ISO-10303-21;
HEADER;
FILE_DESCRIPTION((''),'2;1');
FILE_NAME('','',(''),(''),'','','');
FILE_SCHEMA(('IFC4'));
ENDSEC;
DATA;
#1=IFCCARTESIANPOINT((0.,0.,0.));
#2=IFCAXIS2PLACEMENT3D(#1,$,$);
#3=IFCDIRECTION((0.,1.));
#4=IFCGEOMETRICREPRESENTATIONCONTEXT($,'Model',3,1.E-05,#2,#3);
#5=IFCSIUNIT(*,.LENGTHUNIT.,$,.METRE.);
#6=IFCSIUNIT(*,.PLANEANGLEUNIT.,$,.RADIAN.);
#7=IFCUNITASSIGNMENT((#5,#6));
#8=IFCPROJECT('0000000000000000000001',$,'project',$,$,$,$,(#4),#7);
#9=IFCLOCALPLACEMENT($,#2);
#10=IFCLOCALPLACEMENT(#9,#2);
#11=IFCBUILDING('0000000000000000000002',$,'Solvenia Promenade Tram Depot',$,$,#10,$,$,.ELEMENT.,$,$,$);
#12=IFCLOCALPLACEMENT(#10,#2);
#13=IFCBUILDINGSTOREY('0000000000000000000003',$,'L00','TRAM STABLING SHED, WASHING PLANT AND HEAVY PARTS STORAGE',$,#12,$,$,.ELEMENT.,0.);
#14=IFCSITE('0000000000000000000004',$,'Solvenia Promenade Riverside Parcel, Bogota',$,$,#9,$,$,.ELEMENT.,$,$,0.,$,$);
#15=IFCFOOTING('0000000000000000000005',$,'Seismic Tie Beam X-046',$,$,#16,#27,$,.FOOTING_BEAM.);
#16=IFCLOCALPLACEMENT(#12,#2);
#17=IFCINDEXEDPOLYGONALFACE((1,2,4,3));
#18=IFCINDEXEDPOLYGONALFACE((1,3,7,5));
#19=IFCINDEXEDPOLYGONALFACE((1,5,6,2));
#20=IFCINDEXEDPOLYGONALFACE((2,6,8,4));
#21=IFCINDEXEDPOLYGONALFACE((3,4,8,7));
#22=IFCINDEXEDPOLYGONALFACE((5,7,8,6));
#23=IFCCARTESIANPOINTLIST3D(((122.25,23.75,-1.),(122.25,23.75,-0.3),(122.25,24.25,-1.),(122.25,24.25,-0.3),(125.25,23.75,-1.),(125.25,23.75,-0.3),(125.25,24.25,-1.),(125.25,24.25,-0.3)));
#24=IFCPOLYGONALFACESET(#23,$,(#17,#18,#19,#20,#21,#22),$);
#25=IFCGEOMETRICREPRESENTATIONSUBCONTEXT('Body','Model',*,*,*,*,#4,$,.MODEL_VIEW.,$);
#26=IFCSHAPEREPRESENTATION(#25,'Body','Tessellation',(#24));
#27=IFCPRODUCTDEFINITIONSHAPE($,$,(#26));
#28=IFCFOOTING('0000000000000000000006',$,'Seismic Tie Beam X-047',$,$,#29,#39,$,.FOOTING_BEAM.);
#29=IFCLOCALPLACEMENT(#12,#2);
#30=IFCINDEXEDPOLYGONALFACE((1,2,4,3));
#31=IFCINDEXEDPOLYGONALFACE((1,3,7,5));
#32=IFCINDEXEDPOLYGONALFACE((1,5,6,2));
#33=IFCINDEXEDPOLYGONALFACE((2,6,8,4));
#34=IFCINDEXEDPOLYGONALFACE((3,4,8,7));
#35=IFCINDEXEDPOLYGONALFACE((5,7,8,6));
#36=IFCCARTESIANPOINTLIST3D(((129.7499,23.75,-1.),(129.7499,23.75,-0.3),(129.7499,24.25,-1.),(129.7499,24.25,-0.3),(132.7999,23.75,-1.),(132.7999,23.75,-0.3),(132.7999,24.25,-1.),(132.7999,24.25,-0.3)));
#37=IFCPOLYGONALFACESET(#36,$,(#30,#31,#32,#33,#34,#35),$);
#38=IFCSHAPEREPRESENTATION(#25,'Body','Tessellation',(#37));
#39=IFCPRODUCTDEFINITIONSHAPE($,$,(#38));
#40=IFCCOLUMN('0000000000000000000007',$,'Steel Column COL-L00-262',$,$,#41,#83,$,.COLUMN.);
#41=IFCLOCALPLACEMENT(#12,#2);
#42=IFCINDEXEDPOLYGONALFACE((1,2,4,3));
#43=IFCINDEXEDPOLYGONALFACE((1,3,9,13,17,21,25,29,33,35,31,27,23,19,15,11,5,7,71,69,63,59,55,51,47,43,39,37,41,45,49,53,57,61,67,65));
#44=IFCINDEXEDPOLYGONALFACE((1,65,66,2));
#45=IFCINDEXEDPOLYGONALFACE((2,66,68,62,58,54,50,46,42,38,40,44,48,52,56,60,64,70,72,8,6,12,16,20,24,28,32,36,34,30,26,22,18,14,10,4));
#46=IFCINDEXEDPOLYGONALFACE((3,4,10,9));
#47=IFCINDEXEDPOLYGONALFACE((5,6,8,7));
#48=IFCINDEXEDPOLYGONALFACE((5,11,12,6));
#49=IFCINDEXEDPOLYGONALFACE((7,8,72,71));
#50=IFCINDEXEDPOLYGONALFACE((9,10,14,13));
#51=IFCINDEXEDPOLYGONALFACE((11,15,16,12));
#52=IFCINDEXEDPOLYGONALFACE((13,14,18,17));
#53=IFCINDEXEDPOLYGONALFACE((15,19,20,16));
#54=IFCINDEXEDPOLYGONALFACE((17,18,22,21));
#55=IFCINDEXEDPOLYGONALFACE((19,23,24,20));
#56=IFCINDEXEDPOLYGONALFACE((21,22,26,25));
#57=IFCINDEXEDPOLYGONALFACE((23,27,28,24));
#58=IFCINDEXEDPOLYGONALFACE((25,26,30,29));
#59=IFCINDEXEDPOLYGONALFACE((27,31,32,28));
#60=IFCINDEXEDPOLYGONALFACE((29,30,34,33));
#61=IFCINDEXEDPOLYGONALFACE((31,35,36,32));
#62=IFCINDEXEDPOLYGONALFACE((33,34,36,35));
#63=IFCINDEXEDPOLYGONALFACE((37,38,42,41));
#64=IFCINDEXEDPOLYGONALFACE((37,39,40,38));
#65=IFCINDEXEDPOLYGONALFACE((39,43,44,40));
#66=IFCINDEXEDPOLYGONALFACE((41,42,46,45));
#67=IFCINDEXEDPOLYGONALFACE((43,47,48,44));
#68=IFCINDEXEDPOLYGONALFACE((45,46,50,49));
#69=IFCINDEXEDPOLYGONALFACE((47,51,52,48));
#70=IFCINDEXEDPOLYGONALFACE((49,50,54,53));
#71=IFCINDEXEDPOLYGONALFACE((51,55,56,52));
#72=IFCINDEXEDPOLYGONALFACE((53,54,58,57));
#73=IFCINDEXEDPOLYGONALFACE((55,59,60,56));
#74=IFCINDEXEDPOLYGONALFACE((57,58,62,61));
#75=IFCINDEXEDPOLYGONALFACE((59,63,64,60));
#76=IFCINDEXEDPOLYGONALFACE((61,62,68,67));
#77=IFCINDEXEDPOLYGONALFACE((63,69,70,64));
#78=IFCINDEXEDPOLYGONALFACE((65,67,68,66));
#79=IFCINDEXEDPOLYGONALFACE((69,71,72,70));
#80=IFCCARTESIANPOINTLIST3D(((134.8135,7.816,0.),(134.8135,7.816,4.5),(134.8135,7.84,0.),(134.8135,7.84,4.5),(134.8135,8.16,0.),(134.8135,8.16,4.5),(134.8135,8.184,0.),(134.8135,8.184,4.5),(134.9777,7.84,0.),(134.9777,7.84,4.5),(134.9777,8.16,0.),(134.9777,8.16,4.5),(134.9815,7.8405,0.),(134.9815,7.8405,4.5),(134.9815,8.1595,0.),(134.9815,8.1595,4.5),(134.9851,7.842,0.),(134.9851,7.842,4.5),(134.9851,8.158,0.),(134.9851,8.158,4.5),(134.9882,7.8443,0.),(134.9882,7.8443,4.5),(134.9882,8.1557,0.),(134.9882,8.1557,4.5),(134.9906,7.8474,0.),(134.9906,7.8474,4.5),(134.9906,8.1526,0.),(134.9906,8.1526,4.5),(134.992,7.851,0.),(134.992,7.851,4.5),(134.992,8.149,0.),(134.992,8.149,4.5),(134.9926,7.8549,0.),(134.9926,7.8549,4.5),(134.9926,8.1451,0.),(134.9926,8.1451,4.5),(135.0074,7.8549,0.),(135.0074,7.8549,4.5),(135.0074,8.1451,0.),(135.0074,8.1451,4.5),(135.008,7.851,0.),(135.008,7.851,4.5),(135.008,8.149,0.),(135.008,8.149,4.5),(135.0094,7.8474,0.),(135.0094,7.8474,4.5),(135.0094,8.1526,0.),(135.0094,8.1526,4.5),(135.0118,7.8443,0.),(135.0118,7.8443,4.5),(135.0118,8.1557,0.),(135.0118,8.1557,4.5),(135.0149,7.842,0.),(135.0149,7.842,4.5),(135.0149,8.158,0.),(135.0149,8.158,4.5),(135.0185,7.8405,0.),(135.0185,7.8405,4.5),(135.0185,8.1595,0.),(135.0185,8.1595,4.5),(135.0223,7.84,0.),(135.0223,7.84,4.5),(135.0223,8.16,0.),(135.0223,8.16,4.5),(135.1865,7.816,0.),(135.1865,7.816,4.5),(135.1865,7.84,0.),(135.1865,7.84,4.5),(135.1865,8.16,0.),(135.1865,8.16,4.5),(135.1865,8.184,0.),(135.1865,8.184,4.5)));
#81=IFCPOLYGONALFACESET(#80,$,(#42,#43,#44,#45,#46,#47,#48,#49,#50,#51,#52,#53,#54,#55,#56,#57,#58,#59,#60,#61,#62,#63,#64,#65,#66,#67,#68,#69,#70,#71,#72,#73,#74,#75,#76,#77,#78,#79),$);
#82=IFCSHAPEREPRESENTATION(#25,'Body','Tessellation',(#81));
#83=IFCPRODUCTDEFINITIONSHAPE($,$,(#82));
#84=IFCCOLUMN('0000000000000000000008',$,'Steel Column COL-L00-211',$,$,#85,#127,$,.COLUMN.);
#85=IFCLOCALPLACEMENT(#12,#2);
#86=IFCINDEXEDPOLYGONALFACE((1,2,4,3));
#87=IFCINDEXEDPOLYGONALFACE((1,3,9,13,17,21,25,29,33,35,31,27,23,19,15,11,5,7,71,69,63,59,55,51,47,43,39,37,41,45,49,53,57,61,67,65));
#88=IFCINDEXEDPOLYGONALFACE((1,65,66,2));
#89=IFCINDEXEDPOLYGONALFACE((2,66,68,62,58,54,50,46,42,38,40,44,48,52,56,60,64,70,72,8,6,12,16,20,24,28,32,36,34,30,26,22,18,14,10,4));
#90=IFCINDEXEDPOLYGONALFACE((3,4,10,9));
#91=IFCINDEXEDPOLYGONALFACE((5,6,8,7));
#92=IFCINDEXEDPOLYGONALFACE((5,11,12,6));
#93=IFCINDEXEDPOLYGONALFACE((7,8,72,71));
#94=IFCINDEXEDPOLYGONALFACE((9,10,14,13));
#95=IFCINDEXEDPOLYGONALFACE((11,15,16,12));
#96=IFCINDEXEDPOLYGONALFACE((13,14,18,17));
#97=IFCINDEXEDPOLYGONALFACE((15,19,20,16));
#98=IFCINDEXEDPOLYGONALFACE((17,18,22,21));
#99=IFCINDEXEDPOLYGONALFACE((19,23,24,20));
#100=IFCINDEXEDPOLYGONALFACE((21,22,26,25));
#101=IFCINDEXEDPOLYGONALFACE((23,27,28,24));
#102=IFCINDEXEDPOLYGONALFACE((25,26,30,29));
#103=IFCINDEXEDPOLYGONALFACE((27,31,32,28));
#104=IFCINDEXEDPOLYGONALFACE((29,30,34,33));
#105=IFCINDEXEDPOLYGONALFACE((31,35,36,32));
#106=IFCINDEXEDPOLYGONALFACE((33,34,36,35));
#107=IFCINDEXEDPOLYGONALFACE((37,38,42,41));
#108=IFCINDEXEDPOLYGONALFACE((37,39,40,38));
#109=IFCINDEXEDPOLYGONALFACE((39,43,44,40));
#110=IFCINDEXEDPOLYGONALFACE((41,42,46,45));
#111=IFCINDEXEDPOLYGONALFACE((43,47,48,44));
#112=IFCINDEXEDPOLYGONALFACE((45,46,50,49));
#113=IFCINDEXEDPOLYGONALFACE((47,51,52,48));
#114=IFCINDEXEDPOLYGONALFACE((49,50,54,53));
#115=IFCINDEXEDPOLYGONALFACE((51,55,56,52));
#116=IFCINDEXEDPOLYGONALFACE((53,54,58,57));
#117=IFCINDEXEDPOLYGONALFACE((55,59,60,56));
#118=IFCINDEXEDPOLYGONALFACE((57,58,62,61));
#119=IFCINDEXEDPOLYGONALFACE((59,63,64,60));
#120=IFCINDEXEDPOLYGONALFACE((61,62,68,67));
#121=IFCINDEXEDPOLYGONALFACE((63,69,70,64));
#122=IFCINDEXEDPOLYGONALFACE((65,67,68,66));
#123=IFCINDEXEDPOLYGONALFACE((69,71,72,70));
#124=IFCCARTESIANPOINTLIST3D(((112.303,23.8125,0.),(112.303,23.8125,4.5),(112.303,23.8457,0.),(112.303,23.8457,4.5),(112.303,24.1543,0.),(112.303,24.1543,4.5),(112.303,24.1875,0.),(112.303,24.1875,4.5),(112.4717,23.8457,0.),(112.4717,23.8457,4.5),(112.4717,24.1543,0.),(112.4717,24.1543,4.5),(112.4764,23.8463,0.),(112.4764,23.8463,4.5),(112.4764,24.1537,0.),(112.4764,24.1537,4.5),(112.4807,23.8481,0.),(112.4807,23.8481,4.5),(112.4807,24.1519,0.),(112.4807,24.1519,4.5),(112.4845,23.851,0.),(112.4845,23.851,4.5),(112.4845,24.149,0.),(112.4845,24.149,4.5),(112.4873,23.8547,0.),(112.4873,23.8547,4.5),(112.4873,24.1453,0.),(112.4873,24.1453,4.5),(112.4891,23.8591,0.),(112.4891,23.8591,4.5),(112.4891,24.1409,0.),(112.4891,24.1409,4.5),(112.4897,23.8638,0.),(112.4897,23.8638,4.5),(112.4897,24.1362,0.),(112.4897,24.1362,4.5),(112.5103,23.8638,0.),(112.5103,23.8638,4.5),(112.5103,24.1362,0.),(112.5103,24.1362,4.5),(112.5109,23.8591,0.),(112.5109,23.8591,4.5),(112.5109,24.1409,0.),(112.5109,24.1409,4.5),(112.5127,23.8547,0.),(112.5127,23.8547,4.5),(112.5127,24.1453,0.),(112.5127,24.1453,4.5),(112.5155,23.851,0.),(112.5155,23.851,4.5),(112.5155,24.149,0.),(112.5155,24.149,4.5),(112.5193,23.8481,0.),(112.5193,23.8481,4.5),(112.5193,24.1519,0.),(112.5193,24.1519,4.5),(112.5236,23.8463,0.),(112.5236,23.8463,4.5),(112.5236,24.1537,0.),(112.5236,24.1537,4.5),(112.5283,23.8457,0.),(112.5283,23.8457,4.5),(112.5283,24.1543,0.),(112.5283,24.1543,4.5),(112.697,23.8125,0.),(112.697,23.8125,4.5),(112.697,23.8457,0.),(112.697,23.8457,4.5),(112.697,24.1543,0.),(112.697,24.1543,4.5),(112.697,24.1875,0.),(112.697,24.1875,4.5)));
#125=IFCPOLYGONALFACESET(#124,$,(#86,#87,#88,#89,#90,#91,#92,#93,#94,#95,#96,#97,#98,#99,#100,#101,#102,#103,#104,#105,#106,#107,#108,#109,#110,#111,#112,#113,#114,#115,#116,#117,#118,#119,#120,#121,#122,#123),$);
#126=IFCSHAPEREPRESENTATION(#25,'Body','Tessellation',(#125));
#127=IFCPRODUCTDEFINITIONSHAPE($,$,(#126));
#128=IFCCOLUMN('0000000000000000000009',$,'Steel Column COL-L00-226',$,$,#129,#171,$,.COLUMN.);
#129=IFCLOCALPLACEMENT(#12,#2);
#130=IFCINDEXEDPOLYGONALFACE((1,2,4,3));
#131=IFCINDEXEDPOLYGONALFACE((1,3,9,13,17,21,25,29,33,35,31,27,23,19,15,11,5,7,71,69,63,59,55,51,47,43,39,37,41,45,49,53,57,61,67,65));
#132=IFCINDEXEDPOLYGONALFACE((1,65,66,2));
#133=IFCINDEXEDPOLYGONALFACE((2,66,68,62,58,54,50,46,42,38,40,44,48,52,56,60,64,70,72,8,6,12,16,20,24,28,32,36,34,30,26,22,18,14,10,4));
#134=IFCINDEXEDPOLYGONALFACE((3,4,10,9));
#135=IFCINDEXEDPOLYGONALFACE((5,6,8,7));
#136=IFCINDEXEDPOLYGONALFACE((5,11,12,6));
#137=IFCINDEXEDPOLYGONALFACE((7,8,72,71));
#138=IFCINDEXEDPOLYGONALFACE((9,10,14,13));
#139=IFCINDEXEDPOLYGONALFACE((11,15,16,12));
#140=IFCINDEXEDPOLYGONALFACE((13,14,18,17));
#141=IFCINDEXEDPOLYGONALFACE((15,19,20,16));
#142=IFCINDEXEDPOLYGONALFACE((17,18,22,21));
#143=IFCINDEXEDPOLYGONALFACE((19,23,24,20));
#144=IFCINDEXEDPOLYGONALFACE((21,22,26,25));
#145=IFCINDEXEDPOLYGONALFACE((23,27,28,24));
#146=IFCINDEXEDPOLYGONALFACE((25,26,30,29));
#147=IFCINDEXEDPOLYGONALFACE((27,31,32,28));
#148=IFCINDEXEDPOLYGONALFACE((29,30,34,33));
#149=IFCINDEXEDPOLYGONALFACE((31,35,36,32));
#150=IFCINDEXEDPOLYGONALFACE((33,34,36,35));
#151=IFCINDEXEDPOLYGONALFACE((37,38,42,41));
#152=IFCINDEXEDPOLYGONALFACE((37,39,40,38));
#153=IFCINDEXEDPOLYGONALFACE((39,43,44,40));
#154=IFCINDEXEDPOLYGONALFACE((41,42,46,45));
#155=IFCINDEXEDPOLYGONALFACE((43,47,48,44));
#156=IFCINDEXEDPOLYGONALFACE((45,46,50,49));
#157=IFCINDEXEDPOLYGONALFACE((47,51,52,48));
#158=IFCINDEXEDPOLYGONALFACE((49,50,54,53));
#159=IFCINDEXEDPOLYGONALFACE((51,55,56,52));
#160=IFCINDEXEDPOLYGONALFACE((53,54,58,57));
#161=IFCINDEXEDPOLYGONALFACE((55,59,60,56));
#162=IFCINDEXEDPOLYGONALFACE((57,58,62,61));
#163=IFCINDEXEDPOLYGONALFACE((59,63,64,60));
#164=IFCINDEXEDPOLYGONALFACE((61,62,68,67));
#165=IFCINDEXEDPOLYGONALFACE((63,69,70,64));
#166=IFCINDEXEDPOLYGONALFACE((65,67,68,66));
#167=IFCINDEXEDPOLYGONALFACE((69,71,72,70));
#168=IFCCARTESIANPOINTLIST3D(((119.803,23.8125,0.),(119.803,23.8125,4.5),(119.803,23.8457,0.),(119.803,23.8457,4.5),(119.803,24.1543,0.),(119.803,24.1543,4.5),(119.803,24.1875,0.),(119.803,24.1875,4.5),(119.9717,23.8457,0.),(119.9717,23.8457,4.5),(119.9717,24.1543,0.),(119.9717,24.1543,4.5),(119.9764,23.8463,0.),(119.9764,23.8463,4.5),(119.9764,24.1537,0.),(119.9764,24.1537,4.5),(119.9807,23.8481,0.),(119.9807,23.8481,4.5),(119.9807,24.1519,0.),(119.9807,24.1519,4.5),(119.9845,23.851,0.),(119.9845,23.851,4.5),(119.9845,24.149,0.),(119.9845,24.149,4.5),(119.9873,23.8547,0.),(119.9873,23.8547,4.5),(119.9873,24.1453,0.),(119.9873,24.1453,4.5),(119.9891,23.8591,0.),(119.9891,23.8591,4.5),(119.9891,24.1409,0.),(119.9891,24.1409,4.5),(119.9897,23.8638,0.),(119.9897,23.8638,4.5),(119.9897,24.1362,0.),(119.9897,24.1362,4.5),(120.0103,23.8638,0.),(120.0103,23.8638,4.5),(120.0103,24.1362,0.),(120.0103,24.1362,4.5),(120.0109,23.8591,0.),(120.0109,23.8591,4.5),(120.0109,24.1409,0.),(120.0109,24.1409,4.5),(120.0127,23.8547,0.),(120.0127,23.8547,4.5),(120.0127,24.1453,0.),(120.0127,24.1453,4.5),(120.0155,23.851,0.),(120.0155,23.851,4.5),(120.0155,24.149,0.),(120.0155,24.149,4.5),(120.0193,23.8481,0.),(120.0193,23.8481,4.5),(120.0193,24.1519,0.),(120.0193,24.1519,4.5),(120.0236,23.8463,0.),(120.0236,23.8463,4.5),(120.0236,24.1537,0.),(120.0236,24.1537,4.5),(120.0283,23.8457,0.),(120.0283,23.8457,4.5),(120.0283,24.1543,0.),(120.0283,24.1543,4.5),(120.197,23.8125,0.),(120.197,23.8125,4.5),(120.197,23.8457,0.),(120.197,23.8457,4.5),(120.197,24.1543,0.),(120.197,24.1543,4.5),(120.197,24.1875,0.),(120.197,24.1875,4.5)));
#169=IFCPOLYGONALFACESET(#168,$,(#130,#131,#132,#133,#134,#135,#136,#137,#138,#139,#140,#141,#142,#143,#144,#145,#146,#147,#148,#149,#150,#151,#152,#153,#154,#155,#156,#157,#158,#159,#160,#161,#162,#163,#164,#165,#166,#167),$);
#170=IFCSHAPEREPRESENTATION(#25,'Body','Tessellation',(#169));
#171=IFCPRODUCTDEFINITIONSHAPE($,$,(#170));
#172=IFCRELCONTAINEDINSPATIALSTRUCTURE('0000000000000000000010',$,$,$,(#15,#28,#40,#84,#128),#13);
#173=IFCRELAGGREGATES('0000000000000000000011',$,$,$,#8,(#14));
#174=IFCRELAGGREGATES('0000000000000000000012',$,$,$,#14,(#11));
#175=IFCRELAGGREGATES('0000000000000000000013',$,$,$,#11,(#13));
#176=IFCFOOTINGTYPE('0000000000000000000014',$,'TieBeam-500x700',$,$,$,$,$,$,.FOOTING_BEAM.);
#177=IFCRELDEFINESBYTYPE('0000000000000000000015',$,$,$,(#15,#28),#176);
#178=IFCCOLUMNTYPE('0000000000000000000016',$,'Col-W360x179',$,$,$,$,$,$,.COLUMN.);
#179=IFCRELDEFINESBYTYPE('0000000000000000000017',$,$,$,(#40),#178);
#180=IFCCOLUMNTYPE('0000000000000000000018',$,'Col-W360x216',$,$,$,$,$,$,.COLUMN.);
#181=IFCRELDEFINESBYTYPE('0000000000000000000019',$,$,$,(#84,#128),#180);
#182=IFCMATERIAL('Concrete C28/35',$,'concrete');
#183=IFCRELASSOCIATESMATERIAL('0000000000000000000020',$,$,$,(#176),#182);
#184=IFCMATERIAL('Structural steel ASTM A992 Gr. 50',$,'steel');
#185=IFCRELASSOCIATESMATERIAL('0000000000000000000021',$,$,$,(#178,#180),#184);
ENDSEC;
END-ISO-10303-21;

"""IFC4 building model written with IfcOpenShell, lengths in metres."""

from ifc_helpers import new_model, si_unit, direction, frame, origin, origin_2d, place, context, subcontext, project, spatial, rectangle, i_section, extrude, material, material_profile, profile_set, type_object, element, save


model = new_model("IFC4")

# Units and contexts
model_context = context("Model", 3, precision=1e-05, world=origin(), true_north=direction((0.0, 1.0)))
body_context = subcontext(model_context, "Body", "Model", "MODEL_VIEW")
ifc_project = project(units=[si_unit("LENGTHUNIT", "METRE"), si_unit("PLANEANGLEUNIT", "RADIAN")], contexts=[model_context])

# Site, building, storey
site_placement = place(None, origin())
site = spatial("IfcSite", under=ifc_project, at=site_placement, Name="Solvenia Promenade Riverside Parcel, Bogota", CompositionType="ELEMENT", RefElevation=0.0)
building_placement = place(site_placement, origin())
building = spatial("IfcBuilding", under=site, at=building_placement, Name="Solvenia Promenade Tram Depot", CompositionType="ELEMENT")
storey_placement = place(building_placement, origin())
storey = spatial("IfcBuildingStorey", under=building, at=storey_placement, Name="L00", Description="TRAM STABLING SHED, WASHING PLANT AND HEAVY PARTS STORAGE", CompositionType="ELEMENT", Elevation=0.0)

# Shared definitions
ifc_material_1 = material(Name="Concrete C28/35", Category="concrete")

# Footings
footing_type_1 = type_object("IfcFootingType", Name="TieBeam-500x700", PredefinedType="FOOTING_BEAM", material=ifc_material_1)
for number, where, z_axis, x_axis, name in (
    (1, (123.75, 24.0, -1.0), (0.0, 0.0, 1.0), (1.0, 0.0, 0.0), "Seismic Tie Beam X-046"),
):
    element("IfcFooting", number, at=place(storey_placement, frame(where, z_axis=z_axis, x_axis=x_axis)), inside=storey, type_object=footing_type_1, Name=name, PredefinedType="FOOTING_BEAM", context=body_context, shape_type="SweptSolid", body=[
        extrude(rectangle(XDim=3.0, YDim=0.5, at=origin_2d()), origin(), (0.0, 0.0, 1.0), 0.7),
    ])
footing_1_placement = place(storey_placement, frame((131.2749, 24.0, -1.0), z_axis=(0.0, 0.0, 1.0), x_axis=(1.0, 0.0, 0.0)))
element("IfcFooting", 2, at=footing_1_placement, inside=storey, type_object=footing_type_1, Name="Seismic Tie Beam X-047", PredefinedType="FOOTING_BEAM", context=body_context, shape_type="SweptSolid", body=[
    extrude(rectangle(XDim=3.05, YDim=0.5, at=origin_2d()), origin(), (0.0, 0.0, 1.0), 0.7),
])

# Columns
ifc_material_2 = material(Name="Structural steel ASTM A992 Gr. 50", Category="steel")
ifc_material_profile_1 = material_profile(ifc_material_2, i_section(OverallWidth=0.373, OverallDepth=0.3679, WebThickness=0.0149, FlangeThickness=0.0239, FilletRadius=0.0149, at=origin_2d()), Name="W360x179", Category="steel")
ifc_profile_set_1 = profile_set([ifc_material_profile_1], Name="Structural steel ASTM A992 Gr. 50")
column_type_1 = type_object("IfcColumnType", Name="Col-W360x179", PredefinedType="COLUMN", material=ifc_profile_set_1)
column_placement = place(storey_placement, frame((135.0, 8.0, 0.0), z_axis=(0.0, 0.0, 1.0), x_axis=(1.0, 0.0, 0.0)))
element("IfcColumn", 3, at=column_placement, inside=storey, type_object=column_type_1, Name="Steel Column COL-L00-262", PredefinedType="COLUMN", context=body_context, shape_type="SweptSolid", body=[
    extrude(i_section(OverallWidth=0.373, OverallDepth=0.3679, WebThickness=0.0149, FlangeThickness=0.0239, FilletRadius=0.0149, at=origin_2d()), origin(), (0.0, 0.0, 1.0), 4.5),
])
ifc_material_profile_2 = material_profile(ifc_material_2, i_section(OverallWidth=0.394, OverallDepth=0.375, WebThickness=0.0205, FlangeThickness=0.0332, FilletRadius=0.0181, at=origin_2d()), Name="W360x216", Category="steel")
ifc_profile_set_2 = profile_set([ifc_material_profile_2], Name="Structural steel ASTM A992 Gr. 50")
column_type_2 = type_object("IfcColumnType", Name="Col-W360x216", PredefinedType="COLUMN", material=ifc_profile_set_2)
for number, where, z_axis, x_axis, name in (
    (4, (112.5, 24.0, 0.0), (0.0, 0.0, 1.0), (1.0, 0.0, 0.0), "Steel Column COL-L00-211"),
    (5, (120.0, 24.0, 0.0), (0.0, 0.0, 1.0), (1.0, 0.0, 0.0), "Steel Column COL-L00-226"),
):
    element("IfcColumn", number, at=place(storey_placement, frame(where, z_axis=z_axis, x_axis=x_axis)), inside=storey, type_object=column_type_2, Name=name, PredefinedType="COLUMN", context=body_context, shape_type="SweptSolid", body=[
        extrude(i_section(OverallWidth=0.394, OverallDepth=0.375, WebThickness=0.0205, FlangeThickness=0.0332, FilletRadius=0.0181, at=origin_2d()), origin(), (0.0, 0.0, 1.0), 4.5),
    ])

save(model, "model.ifc")
